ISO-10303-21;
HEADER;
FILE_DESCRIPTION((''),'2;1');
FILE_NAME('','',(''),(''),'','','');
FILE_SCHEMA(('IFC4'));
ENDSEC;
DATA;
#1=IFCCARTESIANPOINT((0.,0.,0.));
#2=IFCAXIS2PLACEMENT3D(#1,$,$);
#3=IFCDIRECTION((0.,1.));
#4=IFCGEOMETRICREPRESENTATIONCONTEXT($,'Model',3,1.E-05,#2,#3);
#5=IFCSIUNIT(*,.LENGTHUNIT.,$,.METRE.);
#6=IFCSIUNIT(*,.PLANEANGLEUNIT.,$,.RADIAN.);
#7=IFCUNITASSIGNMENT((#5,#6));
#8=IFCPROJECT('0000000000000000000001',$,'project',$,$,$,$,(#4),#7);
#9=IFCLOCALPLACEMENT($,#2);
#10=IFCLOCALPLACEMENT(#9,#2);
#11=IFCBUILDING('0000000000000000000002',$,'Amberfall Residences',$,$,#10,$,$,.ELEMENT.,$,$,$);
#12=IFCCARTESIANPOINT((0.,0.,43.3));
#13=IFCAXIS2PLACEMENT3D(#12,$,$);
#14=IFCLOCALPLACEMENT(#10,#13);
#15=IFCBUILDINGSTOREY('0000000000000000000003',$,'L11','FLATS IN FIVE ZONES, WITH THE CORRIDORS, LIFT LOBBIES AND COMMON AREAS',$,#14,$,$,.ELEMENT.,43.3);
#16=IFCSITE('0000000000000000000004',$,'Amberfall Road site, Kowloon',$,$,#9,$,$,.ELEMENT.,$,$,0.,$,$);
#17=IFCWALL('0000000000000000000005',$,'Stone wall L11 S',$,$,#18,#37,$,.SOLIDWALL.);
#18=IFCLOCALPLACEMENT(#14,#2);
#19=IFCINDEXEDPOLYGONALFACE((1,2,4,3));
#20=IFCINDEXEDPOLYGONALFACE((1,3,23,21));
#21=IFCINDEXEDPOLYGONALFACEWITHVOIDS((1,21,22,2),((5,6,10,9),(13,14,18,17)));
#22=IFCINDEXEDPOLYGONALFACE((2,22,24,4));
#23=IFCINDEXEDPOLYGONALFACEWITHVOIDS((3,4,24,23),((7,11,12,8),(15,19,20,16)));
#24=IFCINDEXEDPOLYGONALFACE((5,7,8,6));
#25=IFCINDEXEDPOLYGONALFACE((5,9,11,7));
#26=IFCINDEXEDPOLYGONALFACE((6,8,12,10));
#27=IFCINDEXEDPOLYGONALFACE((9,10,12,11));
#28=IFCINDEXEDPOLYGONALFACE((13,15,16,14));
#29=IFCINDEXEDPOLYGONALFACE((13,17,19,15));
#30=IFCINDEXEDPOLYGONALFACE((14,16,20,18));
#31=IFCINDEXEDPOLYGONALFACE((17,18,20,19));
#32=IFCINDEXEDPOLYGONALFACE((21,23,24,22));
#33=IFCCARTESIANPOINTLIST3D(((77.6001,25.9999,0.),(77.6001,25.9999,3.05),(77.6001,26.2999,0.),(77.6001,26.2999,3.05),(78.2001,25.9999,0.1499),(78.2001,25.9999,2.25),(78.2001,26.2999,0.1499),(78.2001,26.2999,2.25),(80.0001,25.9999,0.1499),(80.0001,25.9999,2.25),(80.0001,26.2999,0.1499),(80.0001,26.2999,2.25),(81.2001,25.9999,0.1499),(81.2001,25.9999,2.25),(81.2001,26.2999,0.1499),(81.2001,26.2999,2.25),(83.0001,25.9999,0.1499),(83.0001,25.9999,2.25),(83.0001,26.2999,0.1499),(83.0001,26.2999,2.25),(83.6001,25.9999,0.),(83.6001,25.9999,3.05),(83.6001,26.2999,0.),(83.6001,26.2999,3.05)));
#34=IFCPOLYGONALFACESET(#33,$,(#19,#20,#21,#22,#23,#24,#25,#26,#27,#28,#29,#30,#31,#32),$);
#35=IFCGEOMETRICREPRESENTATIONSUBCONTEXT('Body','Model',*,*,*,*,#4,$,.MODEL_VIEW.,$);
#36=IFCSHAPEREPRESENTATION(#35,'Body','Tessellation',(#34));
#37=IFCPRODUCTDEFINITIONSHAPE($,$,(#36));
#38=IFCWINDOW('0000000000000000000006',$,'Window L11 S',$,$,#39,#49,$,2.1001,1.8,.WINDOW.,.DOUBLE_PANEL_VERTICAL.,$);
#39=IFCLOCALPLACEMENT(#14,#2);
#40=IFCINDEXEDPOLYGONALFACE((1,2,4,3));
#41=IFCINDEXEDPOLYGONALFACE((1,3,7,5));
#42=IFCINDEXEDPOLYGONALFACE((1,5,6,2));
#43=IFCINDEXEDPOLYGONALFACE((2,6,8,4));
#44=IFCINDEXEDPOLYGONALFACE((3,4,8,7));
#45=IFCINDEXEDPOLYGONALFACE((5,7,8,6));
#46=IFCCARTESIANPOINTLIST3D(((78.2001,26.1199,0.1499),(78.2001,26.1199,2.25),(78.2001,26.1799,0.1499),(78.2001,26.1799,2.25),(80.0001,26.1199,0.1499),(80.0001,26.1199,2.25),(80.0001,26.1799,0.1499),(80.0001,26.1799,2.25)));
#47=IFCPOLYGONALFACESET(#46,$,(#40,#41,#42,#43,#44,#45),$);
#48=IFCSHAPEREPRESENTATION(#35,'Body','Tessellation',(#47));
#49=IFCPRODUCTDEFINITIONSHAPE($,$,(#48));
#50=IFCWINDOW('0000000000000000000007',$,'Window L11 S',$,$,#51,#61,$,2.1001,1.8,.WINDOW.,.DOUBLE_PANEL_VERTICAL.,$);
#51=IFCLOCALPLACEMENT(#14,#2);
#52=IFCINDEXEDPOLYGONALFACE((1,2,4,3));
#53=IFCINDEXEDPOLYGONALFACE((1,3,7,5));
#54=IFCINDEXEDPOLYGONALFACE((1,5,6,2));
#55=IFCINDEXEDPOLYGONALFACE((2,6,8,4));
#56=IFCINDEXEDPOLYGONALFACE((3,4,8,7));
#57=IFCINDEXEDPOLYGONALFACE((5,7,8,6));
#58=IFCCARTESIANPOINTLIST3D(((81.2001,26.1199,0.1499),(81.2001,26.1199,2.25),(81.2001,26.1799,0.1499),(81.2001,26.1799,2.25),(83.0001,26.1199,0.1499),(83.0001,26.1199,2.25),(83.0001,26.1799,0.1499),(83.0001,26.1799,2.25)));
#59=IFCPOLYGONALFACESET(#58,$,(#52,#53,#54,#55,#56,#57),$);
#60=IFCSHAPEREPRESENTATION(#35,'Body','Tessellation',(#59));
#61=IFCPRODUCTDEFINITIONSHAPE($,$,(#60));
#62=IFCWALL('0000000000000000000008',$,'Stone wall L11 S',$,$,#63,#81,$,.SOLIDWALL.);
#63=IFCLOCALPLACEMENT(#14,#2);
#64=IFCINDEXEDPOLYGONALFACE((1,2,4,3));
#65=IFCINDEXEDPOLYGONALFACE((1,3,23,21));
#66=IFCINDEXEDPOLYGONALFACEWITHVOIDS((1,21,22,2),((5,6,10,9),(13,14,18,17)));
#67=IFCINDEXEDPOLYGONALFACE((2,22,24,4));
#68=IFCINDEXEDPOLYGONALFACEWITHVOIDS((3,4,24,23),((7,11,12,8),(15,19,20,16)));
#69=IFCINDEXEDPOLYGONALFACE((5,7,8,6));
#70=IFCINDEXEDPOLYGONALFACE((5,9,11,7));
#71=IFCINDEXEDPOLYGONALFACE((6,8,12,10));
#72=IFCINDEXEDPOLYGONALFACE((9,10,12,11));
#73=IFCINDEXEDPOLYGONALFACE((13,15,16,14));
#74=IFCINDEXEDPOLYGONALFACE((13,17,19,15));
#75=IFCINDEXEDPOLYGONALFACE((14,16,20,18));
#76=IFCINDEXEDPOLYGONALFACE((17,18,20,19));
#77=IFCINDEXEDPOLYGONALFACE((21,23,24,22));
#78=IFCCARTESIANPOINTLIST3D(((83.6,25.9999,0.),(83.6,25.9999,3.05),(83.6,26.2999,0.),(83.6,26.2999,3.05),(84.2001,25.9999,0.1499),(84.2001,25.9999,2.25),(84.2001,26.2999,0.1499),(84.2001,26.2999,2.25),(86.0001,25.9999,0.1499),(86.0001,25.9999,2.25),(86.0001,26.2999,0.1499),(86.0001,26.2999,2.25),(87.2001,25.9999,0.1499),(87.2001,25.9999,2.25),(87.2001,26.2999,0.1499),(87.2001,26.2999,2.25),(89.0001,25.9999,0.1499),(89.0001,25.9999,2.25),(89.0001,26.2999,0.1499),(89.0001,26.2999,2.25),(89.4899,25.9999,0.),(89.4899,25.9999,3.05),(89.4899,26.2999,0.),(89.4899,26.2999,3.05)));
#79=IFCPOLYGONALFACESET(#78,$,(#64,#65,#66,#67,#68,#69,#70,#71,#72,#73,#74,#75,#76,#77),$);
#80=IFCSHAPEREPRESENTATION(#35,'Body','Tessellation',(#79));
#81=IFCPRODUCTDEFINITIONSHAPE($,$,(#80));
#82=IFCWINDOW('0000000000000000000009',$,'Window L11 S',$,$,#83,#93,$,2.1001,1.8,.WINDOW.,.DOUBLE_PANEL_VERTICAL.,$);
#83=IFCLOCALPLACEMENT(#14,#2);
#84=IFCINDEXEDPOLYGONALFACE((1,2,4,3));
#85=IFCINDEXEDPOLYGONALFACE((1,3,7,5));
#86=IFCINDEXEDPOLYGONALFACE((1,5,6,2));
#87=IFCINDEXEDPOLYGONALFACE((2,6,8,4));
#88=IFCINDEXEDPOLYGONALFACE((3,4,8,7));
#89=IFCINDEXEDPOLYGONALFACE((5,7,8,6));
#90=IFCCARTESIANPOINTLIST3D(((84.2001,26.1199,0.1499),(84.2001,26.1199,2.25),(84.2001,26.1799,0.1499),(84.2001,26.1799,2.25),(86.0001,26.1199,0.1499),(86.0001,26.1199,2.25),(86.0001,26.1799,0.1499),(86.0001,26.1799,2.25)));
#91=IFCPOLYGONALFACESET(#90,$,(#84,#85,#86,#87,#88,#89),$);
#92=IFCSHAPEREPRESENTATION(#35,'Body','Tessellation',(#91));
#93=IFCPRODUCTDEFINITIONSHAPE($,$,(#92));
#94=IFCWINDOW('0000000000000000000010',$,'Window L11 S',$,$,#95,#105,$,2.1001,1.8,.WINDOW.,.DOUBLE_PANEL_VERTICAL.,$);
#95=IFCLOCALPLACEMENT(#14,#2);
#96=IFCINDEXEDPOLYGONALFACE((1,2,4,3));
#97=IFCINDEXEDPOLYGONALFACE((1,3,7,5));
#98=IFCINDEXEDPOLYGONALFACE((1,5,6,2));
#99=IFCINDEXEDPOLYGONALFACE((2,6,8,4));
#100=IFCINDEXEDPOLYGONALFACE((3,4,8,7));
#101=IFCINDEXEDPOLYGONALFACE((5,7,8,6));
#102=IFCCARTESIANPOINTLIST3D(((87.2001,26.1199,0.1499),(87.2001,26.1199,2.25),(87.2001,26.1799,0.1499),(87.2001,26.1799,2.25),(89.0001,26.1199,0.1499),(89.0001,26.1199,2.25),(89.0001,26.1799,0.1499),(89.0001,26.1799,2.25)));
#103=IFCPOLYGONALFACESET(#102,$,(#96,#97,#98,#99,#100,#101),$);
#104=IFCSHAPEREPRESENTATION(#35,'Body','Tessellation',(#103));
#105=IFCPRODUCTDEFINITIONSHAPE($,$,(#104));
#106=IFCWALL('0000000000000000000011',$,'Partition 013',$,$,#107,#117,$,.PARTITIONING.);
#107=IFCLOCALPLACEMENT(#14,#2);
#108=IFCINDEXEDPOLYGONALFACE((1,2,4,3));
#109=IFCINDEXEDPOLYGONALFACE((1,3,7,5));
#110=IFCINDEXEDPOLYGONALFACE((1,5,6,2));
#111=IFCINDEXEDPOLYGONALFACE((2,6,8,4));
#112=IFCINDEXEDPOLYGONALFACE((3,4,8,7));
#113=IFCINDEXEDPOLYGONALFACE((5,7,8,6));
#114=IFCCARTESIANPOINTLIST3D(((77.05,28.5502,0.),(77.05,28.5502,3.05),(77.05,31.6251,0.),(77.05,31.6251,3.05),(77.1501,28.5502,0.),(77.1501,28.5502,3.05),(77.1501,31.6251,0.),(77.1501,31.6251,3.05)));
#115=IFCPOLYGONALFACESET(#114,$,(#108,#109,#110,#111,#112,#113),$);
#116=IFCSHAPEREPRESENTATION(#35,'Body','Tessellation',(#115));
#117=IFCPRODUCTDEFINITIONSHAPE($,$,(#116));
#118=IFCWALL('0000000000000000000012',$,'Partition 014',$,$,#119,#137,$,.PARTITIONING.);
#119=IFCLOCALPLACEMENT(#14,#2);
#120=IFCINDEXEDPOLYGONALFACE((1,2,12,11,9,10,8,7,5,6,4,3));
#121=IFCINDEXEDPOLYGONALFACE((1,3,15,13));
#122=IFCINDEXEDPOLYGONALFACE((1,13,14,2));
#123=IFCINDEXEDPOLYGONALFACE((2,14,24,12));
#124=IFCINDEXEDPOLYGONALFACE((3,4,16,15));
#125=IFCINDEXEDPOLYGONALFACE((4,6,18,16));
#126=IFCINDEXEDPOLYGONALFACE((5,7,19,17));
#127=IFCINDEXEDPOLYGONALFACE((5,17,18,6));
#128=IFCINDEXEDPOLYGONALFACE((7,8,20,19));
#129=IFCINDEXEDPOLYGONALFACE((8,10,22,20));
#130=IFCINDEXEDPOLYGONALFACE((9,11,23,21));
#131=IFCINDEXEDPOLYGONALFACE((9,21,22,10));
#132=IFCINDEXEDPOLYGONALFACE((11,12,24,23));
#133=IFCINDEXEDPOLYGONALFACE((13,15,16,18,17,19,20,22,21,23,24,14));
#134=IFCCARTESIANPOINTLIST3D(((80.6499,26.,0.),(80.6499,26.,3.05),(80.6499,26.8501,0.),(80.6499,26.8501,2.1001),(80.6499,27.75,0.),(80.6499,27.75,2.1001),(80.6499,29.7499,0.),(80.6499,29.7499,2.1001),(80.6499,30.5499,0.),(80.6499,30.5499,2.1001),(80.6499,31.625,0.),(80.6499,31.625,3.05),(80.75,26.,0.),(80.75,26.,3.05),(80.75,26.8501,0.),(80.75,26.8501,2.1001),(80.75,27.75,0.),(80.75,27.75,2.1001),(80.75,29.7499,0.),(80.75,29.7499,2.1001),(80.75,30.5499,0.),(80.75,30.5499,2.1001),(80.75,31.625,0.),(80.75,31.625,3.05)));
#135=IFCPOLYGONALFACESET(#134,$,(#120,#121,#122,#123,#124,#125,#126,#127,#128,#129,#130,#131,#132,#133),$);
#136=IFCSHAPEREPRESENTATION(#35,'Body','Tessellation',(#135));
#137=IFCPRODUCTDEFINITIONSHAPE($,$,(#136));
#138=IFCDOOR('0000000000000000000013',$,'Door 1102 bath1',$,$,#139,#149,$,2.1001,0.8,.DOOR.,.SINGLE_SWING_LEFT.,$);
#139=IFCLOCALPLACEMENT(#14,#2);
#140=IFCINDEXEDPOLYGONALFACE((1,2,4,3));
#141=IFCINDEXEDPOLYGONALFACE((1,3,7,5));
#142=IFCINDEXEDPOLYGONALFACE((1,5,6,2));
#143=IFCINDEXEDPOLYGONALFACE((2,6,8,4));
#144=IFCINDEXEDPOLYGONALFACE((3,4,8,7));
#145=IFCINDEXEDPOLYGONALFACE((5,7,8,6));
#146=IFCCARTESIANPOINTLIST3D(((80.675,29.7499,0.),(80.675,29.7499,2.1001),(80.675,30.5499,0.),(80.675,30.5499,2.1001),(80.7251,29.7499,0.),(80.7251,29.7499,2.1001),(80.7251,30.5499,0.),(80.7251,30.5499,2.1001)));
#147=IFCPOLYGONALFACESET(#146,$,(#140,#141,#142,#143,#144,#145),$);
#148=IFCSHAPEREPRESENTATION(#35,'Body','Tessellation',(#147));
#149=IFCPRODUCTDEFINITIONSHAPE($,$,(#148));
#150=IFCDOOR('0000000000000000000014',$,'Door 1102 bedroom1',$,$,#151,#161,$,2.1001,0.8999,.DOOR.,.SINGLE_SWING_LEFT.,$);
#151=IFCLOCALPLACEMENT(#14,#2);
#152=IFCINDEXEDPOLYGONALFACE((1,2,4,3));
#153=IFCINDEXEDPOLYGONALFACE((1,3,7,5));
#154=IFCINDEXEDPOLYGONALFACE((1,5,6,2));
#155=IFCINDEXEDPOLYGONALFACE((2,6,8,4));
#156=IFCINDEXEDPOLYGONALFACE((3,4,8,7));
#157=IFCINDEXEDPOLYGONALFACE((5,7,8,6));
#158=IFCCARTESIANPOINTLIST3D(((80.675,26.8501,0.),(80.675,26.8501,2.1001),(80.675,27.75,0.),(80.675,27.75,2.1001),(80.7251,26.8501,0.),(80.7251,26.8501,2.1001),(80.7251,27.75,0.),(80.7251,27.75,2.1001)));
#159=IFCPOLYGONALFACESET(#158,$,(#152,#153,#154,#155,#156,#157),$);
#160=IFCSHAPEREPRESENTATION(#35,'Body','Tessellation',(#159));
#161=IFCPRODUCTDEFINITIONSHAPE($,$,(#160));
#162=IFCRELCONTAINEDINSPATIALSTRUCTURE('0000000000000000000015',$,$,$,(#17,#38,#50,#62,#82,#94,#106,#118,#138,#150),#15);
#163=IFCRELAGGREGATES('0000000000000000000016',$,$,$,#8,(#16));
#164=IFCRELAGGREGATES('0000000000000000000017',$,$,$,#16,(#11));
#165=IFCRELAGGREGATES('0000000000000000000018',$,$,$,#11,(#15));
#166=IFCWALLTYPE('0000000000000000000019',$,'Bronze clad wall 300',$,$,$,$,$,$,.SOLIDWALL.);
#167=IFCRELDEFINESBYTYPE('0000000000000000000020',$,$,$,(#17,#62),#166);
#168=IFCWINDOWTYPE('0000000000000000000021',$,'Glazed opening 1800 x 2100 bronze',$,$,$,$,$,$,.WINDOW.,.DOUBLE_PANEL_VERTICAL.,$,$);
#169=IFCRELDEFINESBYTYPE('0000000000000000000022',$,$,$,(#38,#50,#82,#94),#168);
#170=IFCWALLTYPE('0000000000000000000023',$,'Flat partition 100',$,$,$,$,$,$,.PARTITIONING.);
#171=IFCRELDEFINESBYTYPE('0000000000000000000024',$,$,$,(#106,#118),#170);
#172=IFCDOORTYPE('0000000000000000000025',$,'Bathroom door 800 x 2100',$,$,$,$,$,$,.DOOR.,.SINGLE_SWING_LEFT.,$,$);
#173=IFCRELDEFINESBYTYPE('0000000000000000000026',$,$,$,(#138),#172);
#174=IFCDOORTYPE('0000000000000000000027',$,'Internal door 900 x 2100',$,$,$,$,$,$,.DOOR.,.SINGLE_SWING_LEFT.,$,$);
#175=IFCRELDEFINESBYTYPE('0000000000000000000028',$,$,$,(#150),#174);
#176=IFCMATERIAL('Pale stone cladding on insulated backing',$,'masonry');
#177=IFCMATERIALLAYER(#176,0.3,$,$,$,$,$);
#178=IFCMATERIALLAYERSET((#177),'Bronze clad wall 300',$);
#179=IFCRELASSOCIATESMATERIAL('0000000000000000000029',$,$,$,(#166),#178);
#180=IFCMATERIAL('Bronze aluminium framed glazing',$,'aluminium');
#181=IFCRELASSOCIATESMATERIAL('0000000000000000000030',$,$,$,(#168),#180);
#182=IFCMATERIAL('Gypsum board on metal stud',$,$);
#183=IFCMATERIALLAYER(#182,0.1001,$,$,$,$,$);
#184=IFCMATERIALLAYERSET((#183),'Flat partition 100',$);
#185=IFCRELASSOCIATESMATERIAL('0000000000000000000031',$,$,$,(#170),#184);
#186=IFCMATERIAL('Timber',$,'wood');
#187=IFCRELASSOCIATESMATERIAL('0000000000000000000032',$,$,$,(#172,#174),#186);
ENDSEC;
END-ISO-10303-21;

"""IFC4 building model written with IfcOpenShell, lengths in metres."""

from ifc_helpers import new_model, si_unit, direction, frame, frame_2d, origin, place, context, subcontext, project, spatial, rectangle, extrude, material, layer, layer_set, type_object, element, fill, save


model = new_model("IFC4")

# Units and contexts
model_context = context("Model", 3, precision=1e-05, world=origin(), true_north=direction((0.0, 1.0)))
body_context = subcontext(model_context, "Body", "Model", "MODEL_VIEW")
ifc_project = project(units=[si_unit("LENGTHUNIT", "METRE"), si_unit("PLANEANGLEUNIT", "RADIAN")], contexts=[model_context])

# Site, building, storey
site_placement = place(None, origin())
site = spatial("IfcSite", under=ifc_project, at=site_placement, Name="Amberfall Road site, Kowloon", CompositionType="ELEMENT", RefElevation=0.0)
building_placement = place(site_placement, origin())
building = spatial("IfcBuilding", under=site, at=building_placement, Name="Amberfall Residences", CompositionType="ELEMENT")
storey_placement = place(building_placement, frame((0.0, 0.0, 43.3)))
storey = spatial("IfcBuildingStorey", under=building, at=storey_placement, Name="L11", Description="FLATS IN FIVE ZONES, WITH THE CORRIDORS, LIFT LOBBIES AND COMMON AREAS", CompositionType="ELEMENT", Elevation=43.3)

# Shared definitions
ifc_material_1 = material(Name="Pale stone cladding on insulated backing", Category="masonry")
ifc_layer_1 = layer(ifc_material_1, 0.3)
ifc_layer_set_1 = layer_set([ifc_layer_1], Name="Bronze clad wall 300")
wall_type_1 = type_object("IfcWallType", Name="Bronze clad wall 300", PredefinedType="SOLIDWALL", material=ifc_layer_set_1)
ifc_material_2 = material(Name="Bronze aluminium framed glazing", Category="aluminium")

# Walls, openings, windows
wall_1_placement = place(storey_placement, frame((77.6001, 26.1499, 0.0), z_axis=(0.0, 0.0, 1.0), x_axis=(1.0, 0.0, 0.0)))
wall_1 = element("IfcWall", 1, at=wall_1_placement, inside=storey, type_object=wall_type_1, Name="Stone wall L11 S", PredefinedType="SOLIDWALL", context=body_context, shape_type="SweptSolid", body=[
    extrude(rectangle(XDim=6.0, YDim=0.3, at=frame_2d((3.0, 0.0))), origin(), (0.0, 0.0, 1.0), 3.05),
])
opening_1_placement = place(wall_1_placement, frame((0.6001, 0.0, 0.1499)))
opening_1 = element("IfcOpeningElement", 2, at=opening_1_placement, cuts=wall_1, PredefinedType="OPENING", context=body_context, shape_type="SweptSolid", body=[
    extrude(rectangle(XDim=1.8, YDim=2.1001, at=frame_2d((0.8999, 1.05))), frame((0.0, 0.1599, 0.0), z_axis=(0.0, -1.0, 0.0), x_axis=(1.0, 0.0, 0.0)), (0.0, 0.0, 1.0), 0.3201),
])
opening_2_placement = place(wall_1_placement, frame((3.6001, 0.0, 0.1499)))
opening_2 = element("IfcOpeningElement", 3, at=opening_2_placement, cuts=wall_1, PredefinedType="OPENING", context=body_context, shape_type="SweptSolid", body=[
    extrude(rectangle(XDim=1.8, YDim=2.1001, at=frame_2d((0.8999, 1.05))), frame((0.0, 0.1599, 0.0), z_axis=(0.0, -1.0, 0.0), x_axis=(1.0, 0.0, 0.0)), (0.0, 0.0, 1.0), 0.3201),
])
window_type_1 = type_object("IfcWindowType", Name="Glazed opening 1800 x 2100 bronze", PartitioningType="DOUBLE_PANEL_VERTICAL", PredefinedType="WINDOW", material=ifc_material_2)
window_1_placement = place(opening_1_placement, origin())
window_1 = element("IfcWindow", 4, at=window_1_placement, inside=storey, type_object=window_type_1, Name="Window L11 S", OverallHeight=2.1001, OverallWidth=1.8, PartitioningType="DOUBLE_PANEL_VERTICAL", PredefinedType="WINDOW", context=body_context, shape_type="SweptSolid", body=[
    extrude(rectangle(XDim=1.8, YDim=2.1001, at=frame_2d((0.8999, 1.05))), frame((0.0, 0.03, 0.0), z_axis=(0.0, -1.0, 0.0), x_axis=(1.0, 0.0, 0.0)), (0.0, 0.0, 1.0), 0.0601),
])
fill(opening_1, window_1)
window_2_placement = place(opening_2_placement, origin())
window_2 = element("IfcWindow", 5, at=window_2_placement, inside=storey, type_object=window_type_1, Name="Window L11 S", OverallHeight=2.1001, OverallWidth=1.8, PartitioningType="DOUBLE_PANEL_VERTICAL", PredefinedType="WINDOW", context=body_context, shape_type="SweptSolid", body=[
    extrude(rectangle(XDim=1.8, YDim=2.1001, at=frame_2d((0.8999, 1.05))), frame((0.0, 0.03, 0.0), z_axis=(0.0, -1.0, 0.0), x_axis=(1.0, 0.0, 0.0)), (0.0, 0.0, 1.0), 0.0601),
])
fill(opening_2, window_2)
wall_2_placement = place(storey_placement, frame((83.6001, 26.1499, 0.0), z_axis=(0.0, 0.0, 1.0), x_axis=(1.0, 0.0, 0.0)))
wall_2 = element("IfcWall", 6, at=wall_2_placement, inside=storey, type_object=wall_type_1, Name="Stone wall L11 S", PredefinedType="SOLIDWALL", context=body_context, shape_type="SweptSolid", body=[
    extrude(rectangle(XDim=5.8899, YDim=0.3, at=frame_2d((2.9448, 0.0))), origin(), (0.0, 0.0, 1.0), 3.05),
])
opening_3_placement = place(wall_2_placement, frame((0.6001, 0.0, 0.1499)))
opening_3 = element("IfcOpeningElement", 7, at=opening_3_placement, cuts=wall_2, PredefinedType="OPENING", context=body_context, shape_type="SweptSolid", body=[
    extrude(rectangle(XDim=1.8, YDim=2.1001, at=frame_2d((0.8999, 1.05))), frame((0.0, 0.1599, 0.0), z_axis=(0.0, -1.0, 0.0), x_axis=(1.0, 0.0, 0.0)), (0.0, 0.0, 1.0), 0.3201),
])
opening_4_placement = place(wall_2_placement, frame((3.6001, 0.0, 0.1499)))
opening_4 = element("IfcOpeningElement", 8, at=opening_4_placement, cuts=wall_2, PredefinedType="OPENING", context=body_context, shape_type="SweptSolid", body=[
    extrude(rectangle(XDim=1.8, YDim=2.1001, at=frame_2d((0.8999, 1.05))), frame((0.0, 0.1599, 0.0), z_axis=(0.0, -1.0, 0.0), x_axis=(1.0, 0.0, 0.0)), (0.0, 0.0, 1.0), 0.3201),
])
window_3_placement = place(opening_3_placement, origin())
window_3 = element("IfcWindow", 9, at=window_3_placement, inside=storey, type_object=window_type_1, Name="Window L11 S", OverallHeight=2.1001, OverallWidth=1.8, PartitioningType="DOUBLE_PANEL_VERTICAL", PredefinedType="WINDOW", context=body_context, shape_type="SweptSolid", body=[
    extrude(rectangle(XDim=1.8, YDim=2.1001, at=frame_2d((0.8999, 1.05))), frame((0.0, 0.03, 0.0), z_axis=(0.0, -1.0, 0.0), x_axis=(1.0, 0.0, 0.0)), (0.0, 0.0, 1.0), 0.0601),
])
fill(opening_3, window_3)
window_4_placement = place(opening_4_placement, origin())
window_4 = element("IfcWindow", 10, at=window_4_placement, inside=storey, type_object=window_type_1, Name="Window L11 S", OverallHeight=2.1001, OverallWidth=1.8, PartitioningType="DOUBLE_PANEL_VERTICAL", PredefinedType="WINDOW", context=body_context, shape_type="SweptSolid", body=[
    extrude(rectangle(XDim=1.8, YDim=2.1001, at=frame_2d((0.8999, 1.05))), frame((0.0, 0.03, 0.0), z_axis=(0.0, -1.0, 0.0), x_axis=(1.0, 0.0, 0.0)), (0.0, 0.0, 1.0), 0.0601),
])
fill(opening_4, window_4)

# Wall
ifc_material_3 = material(Name="Gypsum board on metal stud")
ifc_layer_2 = layer(ifc_material_3, 0.1001)
ifc_layer_set_2 = layer_set([ifc_layer_2], Name="Flat partition 100")
wall_type_2 = type_object("IfcWallType", Name="Flat partition 100", PredefinedType="PARTITIONING", material=ifc_layer_set_2)
wall_3_placement = place(storey_placement, frame((77.1001, 28.55, 0.0), z_axis=(0.0, 0.0, 1.0), x_axis=(0.0, 1.0, 0.0)))
element("IfcWall", 11, at=wall_3_placement, inside=storey, type_object=wall_type_2, Name="Partition 013", PredefinedType="PARTITIONING", context=body_context, shape_type="SweptSolid", body=[
    extrude(rectangle(XDim=3.075, YDim=0.1001, at=frame_2d((1.5376, 0.0))), origin(), (0.0, 0.0, 1.0), 3.05),
])

# Wall, openings, doors
wall_4_placement = place(storey_placement, frame((80.7, 26.0, 0.0), z_axis=(0.0, 0.0, 1.0), x_axis=(0.0, 1.0, 0.0)))
wall_4 = element("IfcWall", 12, at=wall_4_placement, inside=storey, type_object=wall_type_2, Name="Partition 014", PredefinedType="PARTITIONING", context=body_context, shape_type="SweptSolid", body=[
    extrude(rectangle(XDim=5.625, YDim=0.1001, at=frame_2d((2.8125, 0.0))), origin(), (0.0, 0.0, 1.0), 3.05),
])
opening_5_placement = place(wall_4_placement, frame((0.8501, 0.0, 0.0)))
opening_5 = element("IfcOpeningElement", 13, at=opening_5_placement, cuts=wall_4, PredefinedType="OPENING", context=body_context, shape_type="SweptSolid", body=[
    extrude(rectangle(XDim=0.8999, YDim=2.1001, at=frame_2d((0.45, 1.05))), frame((0.0, 0.0601, 0.0), z_axis=(0.0, -1.0, 0.0), x_axis=(1.0, 0.0, 0.0)), (0.0, 0.0, 1.0), 0.1201),
])
opening_6_placement = place(wall_4_placement, frame((3.75, 0.0, 0.0)))
opening_6 = element("IfcOpeningElement", 14, at=opening_6_placement, cuts=wall_4, PredefinedType="OPENING", context=body_context, shape_type="SweptSolid", body=[
    extrude(rectangle(XDim=0.8, YDim=2.1001, at=frame_2d((0.3999, 1.05))), frame((0.0, 0.0601, 0.0), z_axis=(0.0, -1.0, 0.0), x_axis=(1.0, 0.0, 0.0)), (0.0, 0.0, 1.0), 0.1201),
])
ifc_material_4 = material(Name="Timber", Category="wood")
door_type_1 = type_object("IfcDoorType", Name="Bathroom door 800 x 2100", OperationType="SINGLE_SWING_LEFT", PredefinedType="DOOR", material=ifc_material_4)
door_1_placement = place(opening_6_placement, origin())
door_1 = element("IfcDoor", 15, at=door_1_placement, inside=storey, type_object=door_type_1, Name="Door 1102 bath1", OperationType="SINGLE_SWING_LEFT", OverallHeight=2.1001, OverallWidth=0.8, PredefinedType="DOOR", context=body_context, shape_type="SweptSolid", body=[
    extrude(rectangle(XDim=0.8, YDim=2.1001, at=frame_2d((0.3999, 1.05))), frame((0.0, 0.0249, 0.0), z_axis=(0.0, -1.0, 0.0), x_axis=(1.0, 0.0, 0.0)), (0.0, 0.0, 1.0), 0.05),
])
fill(opening_6, door_1)
door_type_2 = type_object("IfcDoorType", Name="Internal door 900 x 2100", OperationType="SINGLE_SWING_LEFT", PredefinedType="DOOR", material=ifc_material_4)
door_2_placement = place(opening_5_placement, origin())
door_2 = element("IfcDoor", 16, at=door_2_placement, inside=storey, type_object=door_type_2, Name="Door 1102 bedroom1", OperationType="SINGLE_SWING_LEFT", OverallHeight=2.1001, OverallWidth=0.8999, PredefinedType="DOOR", context=body_context, shape_type="SweptSolid", body=[
    extrude(rectangle(XDim=0.8999, YDim=2.1001, at=frame_2d((0.45, 1.05))), frame((0.0, 0.0249, 0.0), z_axis=(0.0, -1.0, 0.0), x_axis=(1.0, 0.0, 0.0)), (0.0, 0.0, 1.0), 0.05),
])
fill(opening_5, door_2)

save(model, "model.ifc")
